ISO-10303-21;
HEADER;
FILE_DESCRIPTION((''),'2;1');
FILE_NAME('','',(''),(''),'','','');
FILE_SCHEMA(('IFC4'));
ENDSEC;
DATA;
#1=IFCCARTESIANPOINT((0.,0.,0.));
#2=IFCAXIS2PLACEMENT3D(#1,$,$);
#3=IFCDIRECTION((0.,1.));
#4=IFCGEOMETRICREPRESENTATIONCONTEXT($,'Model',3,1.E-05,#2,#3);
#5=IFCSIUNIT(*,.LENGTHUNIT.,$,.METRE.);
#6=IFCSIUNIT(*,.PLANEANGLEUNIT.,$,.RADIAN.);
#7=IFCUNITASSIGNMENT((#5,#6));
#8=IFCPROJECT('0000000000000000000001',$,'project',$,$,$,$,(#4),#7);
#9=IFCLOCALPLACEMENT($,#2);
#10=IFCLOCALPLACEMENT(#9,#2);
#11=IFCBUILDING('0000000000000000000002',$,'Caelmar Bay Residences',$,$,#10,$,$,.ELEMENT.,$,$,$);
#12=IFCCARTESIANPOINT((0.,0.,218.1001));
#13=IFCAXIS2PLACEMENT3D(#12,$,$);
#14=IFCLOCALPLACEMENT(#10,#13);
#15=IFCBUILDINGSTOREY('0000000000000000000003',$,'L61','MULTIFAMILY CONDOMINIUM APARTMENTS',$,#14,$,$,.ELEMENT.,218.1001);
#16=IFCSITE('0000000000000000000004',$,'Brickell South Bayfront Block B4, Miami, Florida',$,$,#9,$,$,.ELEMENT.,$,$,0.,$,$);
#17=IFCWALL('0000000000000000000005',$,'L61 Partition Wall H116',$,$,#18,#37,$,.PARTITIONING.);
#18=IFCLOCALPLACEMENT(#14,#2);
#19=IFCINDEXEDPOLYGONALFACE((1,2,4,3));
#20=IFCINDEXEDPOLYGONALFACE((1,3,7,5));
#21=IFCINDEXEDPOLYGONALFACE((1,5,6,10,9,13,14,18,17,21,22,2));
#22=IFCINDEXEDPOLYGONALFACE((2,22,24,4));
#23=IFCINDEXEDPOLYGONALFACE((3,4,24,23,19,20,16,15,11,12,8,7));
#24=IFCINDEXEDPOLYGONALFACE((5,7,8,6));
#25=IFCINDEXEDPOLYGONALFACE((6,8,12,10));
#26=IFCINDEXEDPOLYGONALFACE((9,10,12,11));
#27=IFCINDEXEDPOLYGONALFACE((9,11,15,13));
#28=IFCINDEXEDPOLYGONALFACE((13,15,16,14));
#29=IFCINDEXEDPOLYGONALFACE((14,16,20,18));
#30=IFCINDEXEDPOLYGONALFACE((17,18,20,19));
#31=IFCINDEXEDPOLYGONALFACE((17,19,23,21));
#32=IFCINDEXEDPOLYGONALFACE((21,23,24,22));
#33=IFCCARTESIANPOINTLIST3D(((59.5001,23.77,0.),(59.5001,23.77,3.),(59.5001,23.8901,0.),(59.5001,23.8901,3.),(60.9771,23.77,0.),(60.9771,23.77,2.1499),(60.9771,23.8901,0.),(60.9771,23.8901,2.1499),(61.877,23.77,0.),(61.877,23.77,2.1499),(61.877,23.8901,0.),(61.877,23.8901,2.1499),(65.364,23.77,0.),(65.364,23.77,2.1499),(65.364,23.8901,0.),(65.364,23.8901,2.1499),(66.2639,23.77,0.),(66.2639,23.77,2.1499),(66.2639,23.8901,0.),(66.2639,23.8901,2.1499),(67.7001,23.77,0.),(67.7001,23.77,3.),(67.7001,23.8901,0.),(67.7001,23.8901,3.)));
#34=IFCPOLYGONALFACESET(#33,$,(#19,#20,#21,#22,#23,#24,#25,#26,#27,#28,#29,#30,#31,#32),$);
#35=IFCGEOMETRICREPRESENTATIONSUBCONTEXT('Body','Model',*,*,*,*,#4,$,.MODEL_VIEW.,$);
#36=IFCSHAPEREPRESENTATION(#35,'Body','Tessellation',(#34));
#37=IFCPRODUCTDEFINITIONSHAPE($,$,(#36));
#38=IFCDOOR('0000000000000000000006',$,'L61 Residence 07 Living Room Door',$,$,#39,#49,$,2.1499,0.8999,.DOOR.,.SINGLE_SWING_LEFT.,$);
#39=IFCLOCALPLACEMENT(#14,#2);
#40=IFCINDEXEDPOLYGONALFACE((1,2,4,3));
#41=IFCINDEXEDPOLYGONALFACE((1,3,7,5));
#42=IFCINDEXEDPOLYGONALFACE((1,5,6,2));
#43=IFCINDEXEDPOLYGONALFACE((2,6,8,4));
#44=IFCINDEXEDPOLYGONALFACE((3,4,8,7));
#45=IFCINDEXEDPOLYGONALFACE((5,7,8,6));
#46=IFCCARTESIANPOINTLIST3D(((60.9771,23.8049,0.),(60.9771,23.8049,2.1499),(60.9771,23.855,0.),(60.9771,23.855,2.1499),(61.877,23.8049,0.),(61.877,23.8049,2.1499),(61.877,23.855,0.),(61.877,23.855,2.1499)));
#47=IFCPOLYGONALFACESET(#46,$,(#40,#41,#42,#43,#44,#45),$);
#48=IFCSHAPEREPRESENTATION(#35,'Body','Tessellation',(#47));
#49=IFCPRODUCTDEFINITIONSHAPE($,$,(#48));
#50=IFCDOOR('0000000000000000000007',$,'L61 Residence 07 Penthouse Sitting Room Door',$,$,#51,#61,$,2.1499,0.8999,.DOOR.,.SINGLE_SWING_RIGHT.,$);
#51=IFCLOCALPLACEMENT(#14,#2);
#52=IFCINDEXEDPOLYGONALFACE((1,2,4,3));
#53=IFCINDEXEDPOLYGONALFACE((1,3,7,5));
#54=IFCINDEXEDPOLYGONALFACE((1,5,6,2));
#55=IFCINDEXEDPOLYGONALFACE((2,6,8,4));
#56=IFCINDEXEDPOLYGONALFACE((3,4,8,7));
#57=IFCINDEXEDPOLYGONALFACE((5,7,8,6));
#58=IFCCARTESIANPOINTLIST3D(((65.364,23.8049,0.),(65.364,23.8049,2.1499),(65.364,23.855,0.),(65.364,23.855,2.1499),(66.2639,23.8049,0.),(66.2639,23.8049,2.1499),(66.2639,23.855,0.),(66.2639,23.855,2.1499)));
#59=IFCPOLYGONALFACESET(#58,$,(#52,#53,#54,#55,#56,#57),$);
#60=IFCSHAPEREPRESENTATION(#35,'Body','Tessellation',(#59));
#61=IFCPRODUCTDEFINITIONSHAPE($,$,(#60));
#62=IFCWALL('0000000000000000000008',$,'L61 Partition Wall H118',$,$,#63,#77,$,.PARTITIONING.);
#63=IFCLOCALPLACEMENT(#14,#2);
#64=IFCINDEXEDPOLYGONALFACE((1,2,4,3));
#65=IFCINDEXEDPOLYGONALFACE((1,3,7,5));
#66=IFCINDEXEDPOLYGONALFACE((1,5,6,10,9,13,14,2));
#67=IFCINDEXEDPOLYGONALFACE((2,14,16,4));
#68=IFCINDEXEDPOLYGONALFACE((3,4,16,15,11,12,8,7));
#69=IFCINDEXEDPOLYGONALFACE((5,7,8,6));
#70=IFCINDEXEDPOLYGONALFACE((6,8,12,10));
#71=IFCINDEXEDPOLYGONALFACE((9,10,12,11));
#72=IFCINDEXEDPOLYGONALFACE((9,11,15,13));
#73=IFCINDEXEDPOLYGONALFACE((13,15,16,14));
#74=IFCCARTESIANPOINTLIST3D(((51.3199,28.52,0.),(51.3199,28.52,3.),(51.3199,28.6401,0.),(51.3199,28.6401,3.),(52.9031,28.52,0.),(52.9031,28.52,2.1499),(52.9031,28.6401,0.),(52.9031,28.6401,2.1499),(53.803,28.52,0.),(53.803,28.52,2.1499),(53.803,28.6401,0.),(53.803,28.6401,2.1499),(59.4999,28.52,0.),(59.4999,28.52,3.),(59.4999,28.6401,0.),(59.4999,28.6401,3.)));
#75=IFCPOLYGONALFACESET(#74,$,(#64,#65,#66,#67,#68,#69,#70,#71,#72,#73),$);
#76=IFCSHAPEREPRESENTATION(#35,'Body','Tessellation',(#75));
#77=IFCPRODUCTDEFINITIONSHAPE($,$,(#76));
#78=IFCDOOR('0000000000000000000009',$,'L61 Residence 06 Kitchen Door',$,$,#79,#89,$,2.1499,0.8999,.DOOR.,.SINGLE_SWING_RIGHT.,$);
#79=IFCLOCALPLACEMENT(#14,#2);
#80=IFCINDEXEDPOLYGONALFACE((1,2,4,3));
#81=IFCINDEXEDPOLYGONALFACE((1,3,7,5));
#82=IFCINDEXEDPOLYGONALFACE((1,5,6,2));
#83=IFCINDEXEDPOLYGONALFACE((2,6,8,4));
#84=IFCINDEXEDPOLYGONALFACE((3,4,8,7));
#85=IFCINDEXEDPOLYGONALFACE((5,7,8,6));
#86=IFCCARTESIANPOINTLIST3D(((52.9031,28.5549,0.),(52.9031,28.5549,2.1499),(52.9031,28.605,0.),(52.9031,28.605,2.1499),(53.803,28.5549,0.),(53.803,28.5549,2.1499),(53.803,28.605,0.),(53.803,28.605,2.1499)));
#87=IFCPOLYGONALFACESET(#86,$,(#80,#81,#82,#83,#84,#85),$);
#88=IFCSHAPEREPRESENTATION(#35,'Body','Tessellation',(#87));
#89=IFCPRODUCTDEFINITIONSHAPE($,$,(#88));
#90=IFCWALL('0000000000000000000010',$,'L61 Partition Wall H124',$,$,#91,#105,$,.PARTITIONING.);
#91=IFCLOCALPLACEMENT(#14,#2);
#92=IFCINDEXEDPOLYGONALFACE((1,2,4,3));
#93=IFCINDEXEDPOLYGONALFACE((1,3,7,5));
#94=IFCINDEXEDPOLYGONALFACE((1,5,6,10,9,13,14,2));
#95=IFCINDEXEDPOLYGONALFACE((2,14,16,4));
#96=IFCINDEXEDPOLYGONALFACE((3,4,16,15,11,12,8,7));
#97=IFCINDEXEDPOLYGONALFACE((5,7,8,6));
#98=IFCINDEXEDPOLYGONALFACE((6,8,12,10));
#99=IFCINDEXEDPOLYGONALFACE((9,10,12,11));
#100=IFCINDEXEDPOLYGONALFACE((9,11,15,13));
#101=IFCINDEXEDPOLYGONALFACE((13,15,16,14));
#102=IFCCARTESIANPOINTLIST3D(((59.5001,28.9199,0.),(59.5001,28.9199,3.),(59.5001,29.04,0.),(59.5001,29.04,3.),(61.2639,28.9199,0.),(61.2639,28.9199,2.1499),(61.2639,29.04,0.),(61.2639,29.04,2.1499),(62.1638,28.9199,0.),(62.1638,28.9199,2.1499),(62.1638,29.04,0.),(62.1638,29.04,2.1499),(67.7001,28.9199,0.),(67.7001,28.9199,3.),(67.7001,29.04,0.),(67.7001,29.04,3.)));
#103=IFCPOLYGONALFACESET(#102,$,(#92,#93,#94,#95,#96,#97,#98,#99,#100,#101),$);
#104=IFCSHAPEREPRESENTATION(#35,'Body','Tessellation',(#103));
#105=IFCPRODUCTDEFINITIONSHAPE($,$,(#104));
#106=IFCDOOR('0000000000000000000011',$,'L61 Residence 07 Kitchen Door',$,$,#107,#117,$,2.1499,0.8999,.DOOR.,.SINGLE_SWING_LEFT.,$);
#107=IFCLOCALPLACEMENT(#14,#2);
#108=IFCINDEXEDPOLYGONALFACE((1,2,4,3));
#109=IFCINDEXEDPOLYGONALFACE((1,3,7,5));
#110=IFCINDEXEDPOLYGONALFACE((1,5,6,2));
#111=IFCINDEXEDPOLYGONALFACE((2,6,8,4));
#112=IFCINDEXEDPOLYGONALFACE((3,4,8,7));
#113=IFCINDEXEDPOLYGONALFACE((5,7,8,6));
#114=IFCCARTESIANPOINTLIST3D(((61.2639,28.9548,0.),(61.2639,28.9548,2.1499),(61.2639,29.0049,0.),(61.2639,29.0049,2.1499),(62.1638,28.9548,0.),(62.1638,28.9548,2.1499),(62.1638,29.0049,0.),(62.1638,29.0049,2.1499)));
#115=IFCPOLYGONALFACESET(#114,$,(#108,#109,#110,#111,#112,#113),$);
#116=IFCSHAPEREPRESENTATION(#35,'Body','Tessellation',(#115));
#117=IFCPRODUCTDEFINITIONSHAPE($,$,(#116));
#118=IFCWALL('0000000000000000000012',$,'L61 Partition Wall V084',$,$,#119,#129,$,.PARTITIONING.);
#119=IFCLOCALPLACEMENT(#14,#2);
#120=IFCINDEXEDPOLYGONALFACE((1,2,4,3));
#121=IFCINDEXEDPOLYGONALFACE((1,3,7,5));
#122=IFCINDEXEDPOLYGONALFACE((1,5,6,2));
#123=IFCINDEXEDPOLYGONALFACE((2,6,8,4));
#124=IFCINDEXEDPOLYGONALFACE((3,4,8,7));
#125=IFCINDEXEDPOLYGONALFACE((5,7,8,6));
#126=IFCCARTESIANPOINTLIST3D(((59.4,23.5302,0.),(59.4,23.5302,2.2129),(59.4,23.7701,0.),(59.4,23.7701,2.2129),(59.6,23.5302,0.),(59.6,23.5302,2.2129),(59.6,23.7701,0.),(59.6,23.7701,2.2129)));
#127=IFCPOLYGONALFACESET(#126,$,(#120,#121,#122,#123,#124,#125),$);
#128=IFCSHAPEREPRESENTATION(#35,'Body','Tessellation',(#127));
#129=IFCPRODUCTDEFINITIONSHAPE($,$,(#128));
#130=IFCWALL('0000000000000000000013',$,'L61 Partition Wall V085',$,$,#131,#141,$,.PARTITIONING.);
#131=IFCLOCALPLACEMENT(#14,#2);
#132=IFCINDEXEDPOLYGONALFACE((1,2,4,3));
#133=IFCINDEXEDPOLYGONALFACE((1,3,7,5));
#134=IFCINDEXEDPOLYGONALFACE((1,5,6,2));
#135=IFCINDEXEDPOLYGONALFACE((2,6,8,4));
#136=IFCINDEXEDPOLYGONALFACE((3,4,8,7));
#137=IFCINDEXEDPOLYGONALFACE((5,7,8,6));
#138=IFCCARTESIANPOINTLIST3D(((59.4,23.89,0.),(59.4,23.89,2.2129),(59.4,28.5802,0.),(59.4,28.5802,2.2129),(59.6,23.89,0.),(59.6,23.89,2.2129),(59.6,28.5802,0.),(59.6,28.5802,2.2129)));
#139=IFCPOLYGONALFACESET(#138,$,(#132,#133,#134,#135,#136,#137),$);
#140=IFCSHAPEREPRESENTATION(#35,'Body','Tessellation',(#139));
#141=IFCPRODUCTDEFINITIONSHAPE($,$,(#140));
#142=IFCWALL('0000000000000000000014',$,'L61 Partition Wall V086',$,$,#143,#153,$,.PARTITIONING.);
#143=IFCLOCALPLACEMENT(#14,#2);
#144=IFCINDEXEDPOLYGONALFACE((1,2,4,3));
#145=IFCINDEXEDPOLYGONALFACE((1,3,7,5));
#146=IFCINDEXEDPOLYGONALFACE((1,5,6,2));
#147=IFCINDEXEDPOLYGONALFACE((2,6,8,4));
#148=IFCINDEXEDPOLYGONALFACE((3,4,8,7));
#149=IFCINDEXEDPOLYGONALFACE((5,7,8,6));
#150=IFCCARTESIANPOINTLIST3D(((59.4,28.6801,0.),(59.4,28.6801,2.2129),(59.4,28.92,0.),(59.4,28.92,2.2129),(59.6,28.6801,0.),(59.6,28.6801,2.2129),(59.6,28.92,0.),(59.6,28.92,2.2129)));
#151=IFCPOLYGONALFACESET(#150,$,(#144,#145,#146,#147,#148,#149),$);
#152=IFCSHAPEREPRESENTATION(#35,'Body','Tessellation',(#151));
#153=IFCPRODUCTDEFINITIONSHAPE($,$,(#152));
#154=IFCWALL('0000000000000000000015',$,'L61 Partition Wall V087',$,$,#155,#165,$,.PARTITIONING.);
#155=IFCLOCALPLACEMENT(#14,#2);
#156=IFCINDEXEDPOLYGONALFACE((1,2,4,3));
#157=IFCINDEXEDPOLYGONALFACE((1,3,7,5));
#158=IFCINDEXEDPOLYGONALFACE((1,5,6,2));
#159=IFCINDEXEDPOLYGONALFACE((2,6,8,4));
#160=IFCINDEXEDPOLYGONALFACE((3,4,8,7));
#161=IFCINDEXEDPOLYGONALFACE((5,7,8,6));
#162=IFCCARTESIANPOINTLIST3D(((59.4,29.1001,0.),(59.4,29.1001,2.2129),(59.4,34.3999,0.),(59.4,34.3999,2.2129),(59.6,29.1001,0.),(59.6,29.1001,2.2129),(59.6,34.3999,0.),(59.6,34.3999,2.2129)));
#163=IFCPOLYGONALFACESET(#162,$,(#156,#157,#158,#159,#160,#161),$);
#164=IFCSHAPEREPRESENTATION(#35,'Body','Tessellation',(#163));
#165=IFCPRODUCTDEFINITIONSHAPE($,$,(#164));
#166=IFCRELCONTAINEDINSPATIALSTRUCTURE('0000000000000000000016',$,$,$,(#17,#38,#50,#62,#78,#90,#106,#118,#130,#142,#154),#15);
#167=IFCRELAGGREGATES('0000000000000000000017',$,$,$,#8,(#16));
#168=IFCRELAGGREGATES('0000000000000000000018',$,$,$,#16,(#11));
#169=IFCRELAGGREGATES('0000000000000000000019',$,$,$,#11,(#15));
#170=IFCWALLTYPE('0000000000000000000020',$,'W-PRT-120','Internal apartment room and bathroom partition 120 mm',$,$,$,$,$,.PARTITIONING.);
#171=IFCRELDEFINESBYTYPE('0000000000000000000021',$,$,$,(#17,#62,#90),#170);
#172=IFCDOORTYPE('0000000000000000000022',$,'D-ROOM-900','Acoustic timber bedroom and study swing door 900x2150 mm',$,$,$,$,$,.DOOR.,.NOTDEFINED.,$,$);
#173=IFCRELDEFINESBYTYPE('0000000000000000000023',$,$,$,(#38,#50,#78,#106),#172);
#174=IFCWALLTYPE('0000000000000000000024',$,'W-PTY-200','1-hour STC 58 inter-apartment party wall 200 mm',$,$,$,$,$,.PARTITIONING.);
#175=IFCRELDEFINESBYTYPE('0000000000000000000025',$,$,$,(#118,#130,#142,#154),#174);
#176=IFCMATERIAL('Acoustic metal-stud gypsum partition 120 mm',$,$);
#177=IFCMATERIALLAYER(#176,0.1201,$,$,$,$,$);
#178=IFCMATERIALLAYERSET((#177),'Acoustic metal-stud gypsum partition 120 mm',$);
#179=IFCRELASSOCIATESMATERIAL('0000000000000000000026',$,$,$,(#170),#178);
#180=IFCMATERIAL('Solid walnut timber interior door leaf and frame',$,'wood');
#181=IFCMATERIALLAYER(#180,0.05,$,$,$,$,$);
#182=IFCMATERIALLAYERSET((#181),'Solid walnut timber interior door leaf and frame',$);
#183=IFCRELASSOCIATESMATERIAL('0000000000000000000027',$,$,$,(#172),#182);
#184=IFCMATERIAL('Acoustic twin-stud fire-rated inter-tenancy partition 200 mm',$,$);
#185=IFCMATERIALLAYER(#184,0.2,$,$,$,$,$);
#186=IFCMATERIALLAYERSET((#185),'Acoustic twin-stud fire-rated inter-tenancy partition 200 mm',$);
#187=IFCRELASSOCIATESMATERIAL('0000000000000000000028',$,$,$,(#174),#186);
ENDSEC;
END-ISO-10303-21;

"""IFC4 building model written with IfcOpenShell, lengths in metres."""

from ifc_helpers import new_model, si_unit, direction, frame, frame_2d, origin, place, context, subcontext, project, spatial, rectangle, extrude, material, layer, layer_set, type_object, element, fill, save


model = new_model("IFC4")

# Units and contexts
model_context = context("Model", 3, precision=1e-05, world=origin(), true_north=direction((0.0, 1.0)))
body_context = subcontext(model_context, "Body", "Model", "MODEL_VIEW")
ifc_project = project(units=[si_unit("LENGTHUNIT", "METRE"), si_unit("PLANEANGLEUNIT", "RADIAN")], contexts=[model_context])

# Site, building, storey
site_placement = place(None, origin())
site = spatial("IfcSite", under=ifc_project, at=site_placement, Name="Brickell South Bayfront Block B4, Miami, Florida", CompositionType="ELEMENT", RefElevation=0.0)
building_placement = place(site_placement, origin())
building = spatial("IfcBuilding", under=site, at=building_placement, Name="Caelmar Bay Residences", CompositionType="ELEMENT")
storey_placement = place(building_placement, frame((0.0, 0.0, 218.1001)))
storey = spatial("IfcBuildingStorey", under=building, at=storey_placement, Name="L61", Description="MULTIFAMILY CONDOMINIUM APARTMENTS", CompositionType="ELEMENT", Elevation=218.1001)

# Shared definitions
ifc_material_1 = material(Name="Acoustic metal-stud gypsum partition 120 mm")
ifc_layer_1 = layer(ifc_material_1, 0.1201)
ifc_layer_set_1 = layer_set([ifc_layer_1], Name="Acoustic metal-stud gypsum partition 120 mm")
wall_type_1 = type_object("IfcWallType", Name="W-PRT-120", Description="Internal apartment room and bathroom partition 120 mm", PredefinedType="PARTITIONING", material=ifc_layer_set_1)
ifc_material_2 = material(Name="Solid walnut timber interior door leaf and frame", Category="wood")
ifc_layer_2 = layer(ifc_material_2, 0.05)
ifc_layer_set_2 = layer_set([ifc_layer_2], Name="Solid walnut timber interior door leaf and frame")
door_type_1 = type_object("IfcDoorType", Name="D-ROOM-900", Description="Acoustic timber bedroom and study swing door 900x2150 mm", OperationType="NOTDEFINED", PredefinedType="DOOR", material=ifc_layer_set_2)

# Wall, openings, doors
wall_1_placement = place(storey_placement, frame((59.5, 23.8301, 0.0), z_axis=(0.0, 0.0, 1.0), x_axis=(1.0, 0.0, 0.0)))
wall_1 = element("IfcWall", 1, at=wall_1_placement, inside=storey, type_object=wall_type_1, Name="L61 Partition Wall H116", PredefinedType="PARTITIONING", context=body_context, shape_type="SweptSolid", body=[
    extrude(rectangle(XDim=8.2, YDim=0.1201, at=frame_2d((4.1001, 0.0))), origin(), (0.0, 0.0, 1.0), 3.0),
])
opening_1_placement = place(wall_1_placement, frame((1.4771, 0.0, 0.0)))
opening_1 = element("IfcOpeningElement", 2, at=opening_1_placement, cuts=wall_1, PredefinedType="OPENING", context=body_context, shape_type="SweptSolid", body=[
    extrude(rectangle(XDim=0.8999, YDim=2.1499, at=frame_2d((0.45, 1.075))), frame((0.0, 0.0701, 0.0), z_axis=(0.0, -1.0, 0.0), x_axis=(1.0, 0.0, 0.0)), (0.0, 0.0, 1.0), 0.1401),
])
opening_2_placement = place(wall_1_placement, frame((5.864, 0.0, 0.0)))
opening_2 = element("IfcOpeningElement", 3, at=opening_2_placement, cuts=wall_1, PredefinedType="OPENING", context=body_context, shape_type="SweptSolid", body=[
    extrude(rectangle(XDim=0.8999, YDim=2.1499, at=frame_2d((0.45, 1.075))), frame((0.0, 0.0701, 0.0), z_axis=(0.0, -1.0, 0.0), x_axis=(1.0, 0.0, 0.0)), (0.0, 0.0, 1.0), 0.1401),
])
door_1_placement = place(opening_1_placement, origin())
door_1 = element("IfcDoor", 4, at=door_1_placement, inside=storey, type_object=door_type_1, Name="L61 Residence 07 Living Room Door", OperationType="SINGLE_SWING_LEFT", OverallHeight=2.1499, OverallWidth=0.8999, PredefinedType="DOOR", context=body_context, shape_type="SweptSolid", body=[
    extrude(rectangle(XDim=0.8999, YDim=2.1499, at=frame_2d((0.45, 1.075))), frame((0.0, 0.0249, 0.0), z_axis=(0.0, -1.0, 0.0), x_axis=(1.0, 0.0, 0.0)), (0.0, 0.0, 1.0), 0.05),
])
fill(opening_1, door_1)
door_2_placement = place(opening_2_placement, origin())
door_2 = element("IfcDoor", 5, at=door_2_placement, inside=storey, type_object=door_type_1, Name="L61 Residence 07 Penthouse Sitting Room Door", OperationType="SINGLE_SWING_RIGHT", OverallHeight=2.1499, OverallWidth=0.8999, PredefinedType="DOOR", context=body_context, shape_type="SweptSolid", body=[
    extrude(rectangle(XDim=0.8999, YDim=2.1499, at=frame_2d((0.45, 1.075))), frame((0.0, 0.0249, 0.0), z_axis=(0.0, -1.0, 0.0), x_axis=(1.0, 0.0, 0.0)), (0.0, 0.0, 1.0), 0.05),
])
fill(opening_2, door_2)

# Walls, openings, doors
wall_2_placement = place(storey_placement, frame((51.3201, 28.5801, 0.0), z_axis=(0.0, 0.0, 1.0), x_axis=(1.0, 0.0, 0.0)))
wall_2 = element("IfcWall", 6, at=wall_2_placement, inside=storey, type_object=wall_type_1, Name="L61 Partition Wall H118", PredefinedType="PARTITIONING", context=body_context, shape_type="SweptSolid", body=[
    extrude(rectangle(XDim=8.1799, YDim=0.1201, at=frame_2d((4.0898, 0.0))), origin(), (0.0, 0.0, 1.0), 3.0),
])
opening_3_placement = place(wall_2_placement, frame((1.583, 0.0, 0.0)))
opening_3 = element("IfcOpeningElement", 7, at=opening_3_placement, cuts=wall_2, PredefinedType="OPENING", context=body_context, shape_type="SweptSolid", body=[
    extrude(rectangle(XDim=0.8999, YDim=2.1499, at=frame_2d((0.45, 1.075))), frame((0.0, 0.0701, 0.0), z_axis=(0.0, -1.0, 0.0), x_axis=(1.0, 0.0, 0.0)), (0.0, 0.0, 1.0), 0.1401),
])
door_3_placement = place(opening_3_placement, origin())
door_3 = element("IfcDoor", 8, at=door_3_placement, inside=storey, type_object=door_type_1, Name="L61 Residence 06 Kitchen Door", OperationType="SINGLE_SWING_RIGHT", OverallHeight=2.1499, OverallWidth=0.8999, PredefinedType="DOOR", context=body_context, shape_type="SweptSolid", body=[
    extrude(rectangle(XDim=0.8999, YDim=2.1499, at=frame_2d((0.45, 1.075))), frame((0.0, 0.0249, 0.0), z_axis=(0.0, -1.0, 0.0), x_axis=(1.0, 0.0, 0.0)), (0.0, 0.0, 1.0), 0.05),
])
fill(opening_3, door_3)
wall_3_placement = place(storey_placement, frame((59.5, 28.98, 0.0), z_axis=(0.0, 0.0, 1.0), x_axis=(1.0, 0.0, 0.0)))
wall_3 = element("IfcWall", 9, at=wall_3_placement, inside=storey, type_object=wall_type_1, Name="L61 Partition Wall H124", PredefinedType="PARTITIONING", context=body_context, shape_type="SweptSolid", body=[
    extrude(rectangle(XDim=8.2, YDim=0.1201, at=frame_2d((4.1001, 0.0))), origin(), (0.0, 0.0, 1.0), 3.0),
])
opening_4_placement = place(wall_3_placement, frame((1.7639, 0.0, 0.0)))
opening_4 = element("IfcOpeningElement", 10, at=opening_4_placement, cuts=wall_3, PredefinedType="OPENING", context=body_context, shape_type="SweptSolid", body=[
    extrude(rectangle(XDim=0.8999, YDim=2.1499, at=frame_2d((0.45, 1.075))), frame((0.0, 0.0701, 0.0), z_axis=(0.0, -1.0, 0.0), x_axis=(1.0, 0.0, 0.0)), (0.0, 0.0, 1.0), 0.1401),
])
door_4_placement = place(opening_4_placement, origin())
door_4 = element("IfcDoor", 11, at=door_4_placement, inside=storey, type_object=door_type_1, Name="L61 Residence 07 Kitchen Door", OperationType="SINGLE_SWING_LEFT", OverallHeight=2.1499, OverallWidth=0.8999, PredefinedType="DOOR", context=body_context, shape_type="SweptSolid", body=[
    extrude(rectangle(XDim=0.8999, YDim=2.1499, at=frame_2d((0.45, 1.075))), frame((0.0, 0.0249, 0.0), z_axis=(0.0, -1.0, 0.0), x_axis=(1.0, 0.0, 0.0)), (0.0, 0.0, 1.0), 0.05),
])
fill(opening_4, door_4)

# Walls
ifc_material_3 = material(Name="Acoustic twin-stud fire-rated inter-tenancy partition 200 mm")
ifc_layer_3 = layer(ifc_material_3, 0.2)
ifc_layer_set_3 = layer_set([ifc_layer_3], Name="Acoustic twin-stud fire-rated inter-tenancy partition 200 mm")
wall_type_2 = type_object("IfcWallType", Name="W-PTY-200", Description="1-hour STC 58 inter-apartment party wall 200 mm", PredefinedType="PARTITIONING", material=ifc_layer_set_3)
wall_4_placement = place(storey_placement, frame((59.5, 23.53, 0.0), z_axis=(0.0, 0.0, 1.0), x_axis=(0.0, 1.0, 0.0)))
element("IfcWall", 12, at=wall_4_placement, inside=storey, type_object=wall_type_2, Name="L61 Partition Wall V084", PredefinedType="PARTITIONING", context=body_context, shape_type="SweptSolid", body=[
    extrude(rectangle(XDim=0.24, YDim=0.2, at=frame_2d((0.1201, 0.0))), origin(), (0.0, 0.0, 1.0), 2.2129),
])
wall_5_placement = place(storey_placement, frame((59.5, 23.8899, 0.0), z_axis=(0.0, 0.0, 1.0), x_axis=(0.0, 1.0, 0.0)))
element("IfcWall", 13, at=wall_5_placement, inside=storey, type_object=wall_type_2, Name="L61 Partition Wall V085", PredefinedType="PARTITIONING", context=body_context, shape_type="SweptSolid", body=[
    extrude(rectangle(XDim=4.6902, YDim=0.2, at=frame_2d((2.3452, 0.0))), origin(), (0.0, 0.0, 1.0), 2.2129),
])
wall_6_placement = place(storey_placement, frame((59.5, 28.6799, 0.0), z_axis=(0.0, 0.0, 1.0), x_axis=(0.0, 1.0, 0.0)))
element("IfcWall", 14, at=wall_6_placement, inside=storey, type_object=wall_type_2, Name="L61 Partition Wall V086", PredefinedType="PARTITIONING", context=body_context, shape_type="SweptSolid", body=[
    extrude(rectangle(XDim=0.24, YDim=0.2, at=frame_2d((0.1201, 0.0))), origin(), (0.0, 0.0, 1.0), 2.2129),
])
wall_7_placement = place(storey_placement, frame((59.5, 29.1001, 0.0), z_axis=(0.0, 0.0, 1.0), x_axis=(0.0, 1.0, 0.0)))
element("IfcWall", 15, at=wall_7_placement, inside=storey, type_object=wall_type_2, Name="L61 Partition Wall V087", PredefinedType="PARTITIONING", context=body_context, shape_type="SweptSolid", body=[
    extrude(rectangle(XDim=5.2998, YDim=0.2, at=frame_2d((2.6499, 0.0))), origin(), (0.0, 0.0, 1.0), 2.2129),
])

save(model, "model.ifc")
